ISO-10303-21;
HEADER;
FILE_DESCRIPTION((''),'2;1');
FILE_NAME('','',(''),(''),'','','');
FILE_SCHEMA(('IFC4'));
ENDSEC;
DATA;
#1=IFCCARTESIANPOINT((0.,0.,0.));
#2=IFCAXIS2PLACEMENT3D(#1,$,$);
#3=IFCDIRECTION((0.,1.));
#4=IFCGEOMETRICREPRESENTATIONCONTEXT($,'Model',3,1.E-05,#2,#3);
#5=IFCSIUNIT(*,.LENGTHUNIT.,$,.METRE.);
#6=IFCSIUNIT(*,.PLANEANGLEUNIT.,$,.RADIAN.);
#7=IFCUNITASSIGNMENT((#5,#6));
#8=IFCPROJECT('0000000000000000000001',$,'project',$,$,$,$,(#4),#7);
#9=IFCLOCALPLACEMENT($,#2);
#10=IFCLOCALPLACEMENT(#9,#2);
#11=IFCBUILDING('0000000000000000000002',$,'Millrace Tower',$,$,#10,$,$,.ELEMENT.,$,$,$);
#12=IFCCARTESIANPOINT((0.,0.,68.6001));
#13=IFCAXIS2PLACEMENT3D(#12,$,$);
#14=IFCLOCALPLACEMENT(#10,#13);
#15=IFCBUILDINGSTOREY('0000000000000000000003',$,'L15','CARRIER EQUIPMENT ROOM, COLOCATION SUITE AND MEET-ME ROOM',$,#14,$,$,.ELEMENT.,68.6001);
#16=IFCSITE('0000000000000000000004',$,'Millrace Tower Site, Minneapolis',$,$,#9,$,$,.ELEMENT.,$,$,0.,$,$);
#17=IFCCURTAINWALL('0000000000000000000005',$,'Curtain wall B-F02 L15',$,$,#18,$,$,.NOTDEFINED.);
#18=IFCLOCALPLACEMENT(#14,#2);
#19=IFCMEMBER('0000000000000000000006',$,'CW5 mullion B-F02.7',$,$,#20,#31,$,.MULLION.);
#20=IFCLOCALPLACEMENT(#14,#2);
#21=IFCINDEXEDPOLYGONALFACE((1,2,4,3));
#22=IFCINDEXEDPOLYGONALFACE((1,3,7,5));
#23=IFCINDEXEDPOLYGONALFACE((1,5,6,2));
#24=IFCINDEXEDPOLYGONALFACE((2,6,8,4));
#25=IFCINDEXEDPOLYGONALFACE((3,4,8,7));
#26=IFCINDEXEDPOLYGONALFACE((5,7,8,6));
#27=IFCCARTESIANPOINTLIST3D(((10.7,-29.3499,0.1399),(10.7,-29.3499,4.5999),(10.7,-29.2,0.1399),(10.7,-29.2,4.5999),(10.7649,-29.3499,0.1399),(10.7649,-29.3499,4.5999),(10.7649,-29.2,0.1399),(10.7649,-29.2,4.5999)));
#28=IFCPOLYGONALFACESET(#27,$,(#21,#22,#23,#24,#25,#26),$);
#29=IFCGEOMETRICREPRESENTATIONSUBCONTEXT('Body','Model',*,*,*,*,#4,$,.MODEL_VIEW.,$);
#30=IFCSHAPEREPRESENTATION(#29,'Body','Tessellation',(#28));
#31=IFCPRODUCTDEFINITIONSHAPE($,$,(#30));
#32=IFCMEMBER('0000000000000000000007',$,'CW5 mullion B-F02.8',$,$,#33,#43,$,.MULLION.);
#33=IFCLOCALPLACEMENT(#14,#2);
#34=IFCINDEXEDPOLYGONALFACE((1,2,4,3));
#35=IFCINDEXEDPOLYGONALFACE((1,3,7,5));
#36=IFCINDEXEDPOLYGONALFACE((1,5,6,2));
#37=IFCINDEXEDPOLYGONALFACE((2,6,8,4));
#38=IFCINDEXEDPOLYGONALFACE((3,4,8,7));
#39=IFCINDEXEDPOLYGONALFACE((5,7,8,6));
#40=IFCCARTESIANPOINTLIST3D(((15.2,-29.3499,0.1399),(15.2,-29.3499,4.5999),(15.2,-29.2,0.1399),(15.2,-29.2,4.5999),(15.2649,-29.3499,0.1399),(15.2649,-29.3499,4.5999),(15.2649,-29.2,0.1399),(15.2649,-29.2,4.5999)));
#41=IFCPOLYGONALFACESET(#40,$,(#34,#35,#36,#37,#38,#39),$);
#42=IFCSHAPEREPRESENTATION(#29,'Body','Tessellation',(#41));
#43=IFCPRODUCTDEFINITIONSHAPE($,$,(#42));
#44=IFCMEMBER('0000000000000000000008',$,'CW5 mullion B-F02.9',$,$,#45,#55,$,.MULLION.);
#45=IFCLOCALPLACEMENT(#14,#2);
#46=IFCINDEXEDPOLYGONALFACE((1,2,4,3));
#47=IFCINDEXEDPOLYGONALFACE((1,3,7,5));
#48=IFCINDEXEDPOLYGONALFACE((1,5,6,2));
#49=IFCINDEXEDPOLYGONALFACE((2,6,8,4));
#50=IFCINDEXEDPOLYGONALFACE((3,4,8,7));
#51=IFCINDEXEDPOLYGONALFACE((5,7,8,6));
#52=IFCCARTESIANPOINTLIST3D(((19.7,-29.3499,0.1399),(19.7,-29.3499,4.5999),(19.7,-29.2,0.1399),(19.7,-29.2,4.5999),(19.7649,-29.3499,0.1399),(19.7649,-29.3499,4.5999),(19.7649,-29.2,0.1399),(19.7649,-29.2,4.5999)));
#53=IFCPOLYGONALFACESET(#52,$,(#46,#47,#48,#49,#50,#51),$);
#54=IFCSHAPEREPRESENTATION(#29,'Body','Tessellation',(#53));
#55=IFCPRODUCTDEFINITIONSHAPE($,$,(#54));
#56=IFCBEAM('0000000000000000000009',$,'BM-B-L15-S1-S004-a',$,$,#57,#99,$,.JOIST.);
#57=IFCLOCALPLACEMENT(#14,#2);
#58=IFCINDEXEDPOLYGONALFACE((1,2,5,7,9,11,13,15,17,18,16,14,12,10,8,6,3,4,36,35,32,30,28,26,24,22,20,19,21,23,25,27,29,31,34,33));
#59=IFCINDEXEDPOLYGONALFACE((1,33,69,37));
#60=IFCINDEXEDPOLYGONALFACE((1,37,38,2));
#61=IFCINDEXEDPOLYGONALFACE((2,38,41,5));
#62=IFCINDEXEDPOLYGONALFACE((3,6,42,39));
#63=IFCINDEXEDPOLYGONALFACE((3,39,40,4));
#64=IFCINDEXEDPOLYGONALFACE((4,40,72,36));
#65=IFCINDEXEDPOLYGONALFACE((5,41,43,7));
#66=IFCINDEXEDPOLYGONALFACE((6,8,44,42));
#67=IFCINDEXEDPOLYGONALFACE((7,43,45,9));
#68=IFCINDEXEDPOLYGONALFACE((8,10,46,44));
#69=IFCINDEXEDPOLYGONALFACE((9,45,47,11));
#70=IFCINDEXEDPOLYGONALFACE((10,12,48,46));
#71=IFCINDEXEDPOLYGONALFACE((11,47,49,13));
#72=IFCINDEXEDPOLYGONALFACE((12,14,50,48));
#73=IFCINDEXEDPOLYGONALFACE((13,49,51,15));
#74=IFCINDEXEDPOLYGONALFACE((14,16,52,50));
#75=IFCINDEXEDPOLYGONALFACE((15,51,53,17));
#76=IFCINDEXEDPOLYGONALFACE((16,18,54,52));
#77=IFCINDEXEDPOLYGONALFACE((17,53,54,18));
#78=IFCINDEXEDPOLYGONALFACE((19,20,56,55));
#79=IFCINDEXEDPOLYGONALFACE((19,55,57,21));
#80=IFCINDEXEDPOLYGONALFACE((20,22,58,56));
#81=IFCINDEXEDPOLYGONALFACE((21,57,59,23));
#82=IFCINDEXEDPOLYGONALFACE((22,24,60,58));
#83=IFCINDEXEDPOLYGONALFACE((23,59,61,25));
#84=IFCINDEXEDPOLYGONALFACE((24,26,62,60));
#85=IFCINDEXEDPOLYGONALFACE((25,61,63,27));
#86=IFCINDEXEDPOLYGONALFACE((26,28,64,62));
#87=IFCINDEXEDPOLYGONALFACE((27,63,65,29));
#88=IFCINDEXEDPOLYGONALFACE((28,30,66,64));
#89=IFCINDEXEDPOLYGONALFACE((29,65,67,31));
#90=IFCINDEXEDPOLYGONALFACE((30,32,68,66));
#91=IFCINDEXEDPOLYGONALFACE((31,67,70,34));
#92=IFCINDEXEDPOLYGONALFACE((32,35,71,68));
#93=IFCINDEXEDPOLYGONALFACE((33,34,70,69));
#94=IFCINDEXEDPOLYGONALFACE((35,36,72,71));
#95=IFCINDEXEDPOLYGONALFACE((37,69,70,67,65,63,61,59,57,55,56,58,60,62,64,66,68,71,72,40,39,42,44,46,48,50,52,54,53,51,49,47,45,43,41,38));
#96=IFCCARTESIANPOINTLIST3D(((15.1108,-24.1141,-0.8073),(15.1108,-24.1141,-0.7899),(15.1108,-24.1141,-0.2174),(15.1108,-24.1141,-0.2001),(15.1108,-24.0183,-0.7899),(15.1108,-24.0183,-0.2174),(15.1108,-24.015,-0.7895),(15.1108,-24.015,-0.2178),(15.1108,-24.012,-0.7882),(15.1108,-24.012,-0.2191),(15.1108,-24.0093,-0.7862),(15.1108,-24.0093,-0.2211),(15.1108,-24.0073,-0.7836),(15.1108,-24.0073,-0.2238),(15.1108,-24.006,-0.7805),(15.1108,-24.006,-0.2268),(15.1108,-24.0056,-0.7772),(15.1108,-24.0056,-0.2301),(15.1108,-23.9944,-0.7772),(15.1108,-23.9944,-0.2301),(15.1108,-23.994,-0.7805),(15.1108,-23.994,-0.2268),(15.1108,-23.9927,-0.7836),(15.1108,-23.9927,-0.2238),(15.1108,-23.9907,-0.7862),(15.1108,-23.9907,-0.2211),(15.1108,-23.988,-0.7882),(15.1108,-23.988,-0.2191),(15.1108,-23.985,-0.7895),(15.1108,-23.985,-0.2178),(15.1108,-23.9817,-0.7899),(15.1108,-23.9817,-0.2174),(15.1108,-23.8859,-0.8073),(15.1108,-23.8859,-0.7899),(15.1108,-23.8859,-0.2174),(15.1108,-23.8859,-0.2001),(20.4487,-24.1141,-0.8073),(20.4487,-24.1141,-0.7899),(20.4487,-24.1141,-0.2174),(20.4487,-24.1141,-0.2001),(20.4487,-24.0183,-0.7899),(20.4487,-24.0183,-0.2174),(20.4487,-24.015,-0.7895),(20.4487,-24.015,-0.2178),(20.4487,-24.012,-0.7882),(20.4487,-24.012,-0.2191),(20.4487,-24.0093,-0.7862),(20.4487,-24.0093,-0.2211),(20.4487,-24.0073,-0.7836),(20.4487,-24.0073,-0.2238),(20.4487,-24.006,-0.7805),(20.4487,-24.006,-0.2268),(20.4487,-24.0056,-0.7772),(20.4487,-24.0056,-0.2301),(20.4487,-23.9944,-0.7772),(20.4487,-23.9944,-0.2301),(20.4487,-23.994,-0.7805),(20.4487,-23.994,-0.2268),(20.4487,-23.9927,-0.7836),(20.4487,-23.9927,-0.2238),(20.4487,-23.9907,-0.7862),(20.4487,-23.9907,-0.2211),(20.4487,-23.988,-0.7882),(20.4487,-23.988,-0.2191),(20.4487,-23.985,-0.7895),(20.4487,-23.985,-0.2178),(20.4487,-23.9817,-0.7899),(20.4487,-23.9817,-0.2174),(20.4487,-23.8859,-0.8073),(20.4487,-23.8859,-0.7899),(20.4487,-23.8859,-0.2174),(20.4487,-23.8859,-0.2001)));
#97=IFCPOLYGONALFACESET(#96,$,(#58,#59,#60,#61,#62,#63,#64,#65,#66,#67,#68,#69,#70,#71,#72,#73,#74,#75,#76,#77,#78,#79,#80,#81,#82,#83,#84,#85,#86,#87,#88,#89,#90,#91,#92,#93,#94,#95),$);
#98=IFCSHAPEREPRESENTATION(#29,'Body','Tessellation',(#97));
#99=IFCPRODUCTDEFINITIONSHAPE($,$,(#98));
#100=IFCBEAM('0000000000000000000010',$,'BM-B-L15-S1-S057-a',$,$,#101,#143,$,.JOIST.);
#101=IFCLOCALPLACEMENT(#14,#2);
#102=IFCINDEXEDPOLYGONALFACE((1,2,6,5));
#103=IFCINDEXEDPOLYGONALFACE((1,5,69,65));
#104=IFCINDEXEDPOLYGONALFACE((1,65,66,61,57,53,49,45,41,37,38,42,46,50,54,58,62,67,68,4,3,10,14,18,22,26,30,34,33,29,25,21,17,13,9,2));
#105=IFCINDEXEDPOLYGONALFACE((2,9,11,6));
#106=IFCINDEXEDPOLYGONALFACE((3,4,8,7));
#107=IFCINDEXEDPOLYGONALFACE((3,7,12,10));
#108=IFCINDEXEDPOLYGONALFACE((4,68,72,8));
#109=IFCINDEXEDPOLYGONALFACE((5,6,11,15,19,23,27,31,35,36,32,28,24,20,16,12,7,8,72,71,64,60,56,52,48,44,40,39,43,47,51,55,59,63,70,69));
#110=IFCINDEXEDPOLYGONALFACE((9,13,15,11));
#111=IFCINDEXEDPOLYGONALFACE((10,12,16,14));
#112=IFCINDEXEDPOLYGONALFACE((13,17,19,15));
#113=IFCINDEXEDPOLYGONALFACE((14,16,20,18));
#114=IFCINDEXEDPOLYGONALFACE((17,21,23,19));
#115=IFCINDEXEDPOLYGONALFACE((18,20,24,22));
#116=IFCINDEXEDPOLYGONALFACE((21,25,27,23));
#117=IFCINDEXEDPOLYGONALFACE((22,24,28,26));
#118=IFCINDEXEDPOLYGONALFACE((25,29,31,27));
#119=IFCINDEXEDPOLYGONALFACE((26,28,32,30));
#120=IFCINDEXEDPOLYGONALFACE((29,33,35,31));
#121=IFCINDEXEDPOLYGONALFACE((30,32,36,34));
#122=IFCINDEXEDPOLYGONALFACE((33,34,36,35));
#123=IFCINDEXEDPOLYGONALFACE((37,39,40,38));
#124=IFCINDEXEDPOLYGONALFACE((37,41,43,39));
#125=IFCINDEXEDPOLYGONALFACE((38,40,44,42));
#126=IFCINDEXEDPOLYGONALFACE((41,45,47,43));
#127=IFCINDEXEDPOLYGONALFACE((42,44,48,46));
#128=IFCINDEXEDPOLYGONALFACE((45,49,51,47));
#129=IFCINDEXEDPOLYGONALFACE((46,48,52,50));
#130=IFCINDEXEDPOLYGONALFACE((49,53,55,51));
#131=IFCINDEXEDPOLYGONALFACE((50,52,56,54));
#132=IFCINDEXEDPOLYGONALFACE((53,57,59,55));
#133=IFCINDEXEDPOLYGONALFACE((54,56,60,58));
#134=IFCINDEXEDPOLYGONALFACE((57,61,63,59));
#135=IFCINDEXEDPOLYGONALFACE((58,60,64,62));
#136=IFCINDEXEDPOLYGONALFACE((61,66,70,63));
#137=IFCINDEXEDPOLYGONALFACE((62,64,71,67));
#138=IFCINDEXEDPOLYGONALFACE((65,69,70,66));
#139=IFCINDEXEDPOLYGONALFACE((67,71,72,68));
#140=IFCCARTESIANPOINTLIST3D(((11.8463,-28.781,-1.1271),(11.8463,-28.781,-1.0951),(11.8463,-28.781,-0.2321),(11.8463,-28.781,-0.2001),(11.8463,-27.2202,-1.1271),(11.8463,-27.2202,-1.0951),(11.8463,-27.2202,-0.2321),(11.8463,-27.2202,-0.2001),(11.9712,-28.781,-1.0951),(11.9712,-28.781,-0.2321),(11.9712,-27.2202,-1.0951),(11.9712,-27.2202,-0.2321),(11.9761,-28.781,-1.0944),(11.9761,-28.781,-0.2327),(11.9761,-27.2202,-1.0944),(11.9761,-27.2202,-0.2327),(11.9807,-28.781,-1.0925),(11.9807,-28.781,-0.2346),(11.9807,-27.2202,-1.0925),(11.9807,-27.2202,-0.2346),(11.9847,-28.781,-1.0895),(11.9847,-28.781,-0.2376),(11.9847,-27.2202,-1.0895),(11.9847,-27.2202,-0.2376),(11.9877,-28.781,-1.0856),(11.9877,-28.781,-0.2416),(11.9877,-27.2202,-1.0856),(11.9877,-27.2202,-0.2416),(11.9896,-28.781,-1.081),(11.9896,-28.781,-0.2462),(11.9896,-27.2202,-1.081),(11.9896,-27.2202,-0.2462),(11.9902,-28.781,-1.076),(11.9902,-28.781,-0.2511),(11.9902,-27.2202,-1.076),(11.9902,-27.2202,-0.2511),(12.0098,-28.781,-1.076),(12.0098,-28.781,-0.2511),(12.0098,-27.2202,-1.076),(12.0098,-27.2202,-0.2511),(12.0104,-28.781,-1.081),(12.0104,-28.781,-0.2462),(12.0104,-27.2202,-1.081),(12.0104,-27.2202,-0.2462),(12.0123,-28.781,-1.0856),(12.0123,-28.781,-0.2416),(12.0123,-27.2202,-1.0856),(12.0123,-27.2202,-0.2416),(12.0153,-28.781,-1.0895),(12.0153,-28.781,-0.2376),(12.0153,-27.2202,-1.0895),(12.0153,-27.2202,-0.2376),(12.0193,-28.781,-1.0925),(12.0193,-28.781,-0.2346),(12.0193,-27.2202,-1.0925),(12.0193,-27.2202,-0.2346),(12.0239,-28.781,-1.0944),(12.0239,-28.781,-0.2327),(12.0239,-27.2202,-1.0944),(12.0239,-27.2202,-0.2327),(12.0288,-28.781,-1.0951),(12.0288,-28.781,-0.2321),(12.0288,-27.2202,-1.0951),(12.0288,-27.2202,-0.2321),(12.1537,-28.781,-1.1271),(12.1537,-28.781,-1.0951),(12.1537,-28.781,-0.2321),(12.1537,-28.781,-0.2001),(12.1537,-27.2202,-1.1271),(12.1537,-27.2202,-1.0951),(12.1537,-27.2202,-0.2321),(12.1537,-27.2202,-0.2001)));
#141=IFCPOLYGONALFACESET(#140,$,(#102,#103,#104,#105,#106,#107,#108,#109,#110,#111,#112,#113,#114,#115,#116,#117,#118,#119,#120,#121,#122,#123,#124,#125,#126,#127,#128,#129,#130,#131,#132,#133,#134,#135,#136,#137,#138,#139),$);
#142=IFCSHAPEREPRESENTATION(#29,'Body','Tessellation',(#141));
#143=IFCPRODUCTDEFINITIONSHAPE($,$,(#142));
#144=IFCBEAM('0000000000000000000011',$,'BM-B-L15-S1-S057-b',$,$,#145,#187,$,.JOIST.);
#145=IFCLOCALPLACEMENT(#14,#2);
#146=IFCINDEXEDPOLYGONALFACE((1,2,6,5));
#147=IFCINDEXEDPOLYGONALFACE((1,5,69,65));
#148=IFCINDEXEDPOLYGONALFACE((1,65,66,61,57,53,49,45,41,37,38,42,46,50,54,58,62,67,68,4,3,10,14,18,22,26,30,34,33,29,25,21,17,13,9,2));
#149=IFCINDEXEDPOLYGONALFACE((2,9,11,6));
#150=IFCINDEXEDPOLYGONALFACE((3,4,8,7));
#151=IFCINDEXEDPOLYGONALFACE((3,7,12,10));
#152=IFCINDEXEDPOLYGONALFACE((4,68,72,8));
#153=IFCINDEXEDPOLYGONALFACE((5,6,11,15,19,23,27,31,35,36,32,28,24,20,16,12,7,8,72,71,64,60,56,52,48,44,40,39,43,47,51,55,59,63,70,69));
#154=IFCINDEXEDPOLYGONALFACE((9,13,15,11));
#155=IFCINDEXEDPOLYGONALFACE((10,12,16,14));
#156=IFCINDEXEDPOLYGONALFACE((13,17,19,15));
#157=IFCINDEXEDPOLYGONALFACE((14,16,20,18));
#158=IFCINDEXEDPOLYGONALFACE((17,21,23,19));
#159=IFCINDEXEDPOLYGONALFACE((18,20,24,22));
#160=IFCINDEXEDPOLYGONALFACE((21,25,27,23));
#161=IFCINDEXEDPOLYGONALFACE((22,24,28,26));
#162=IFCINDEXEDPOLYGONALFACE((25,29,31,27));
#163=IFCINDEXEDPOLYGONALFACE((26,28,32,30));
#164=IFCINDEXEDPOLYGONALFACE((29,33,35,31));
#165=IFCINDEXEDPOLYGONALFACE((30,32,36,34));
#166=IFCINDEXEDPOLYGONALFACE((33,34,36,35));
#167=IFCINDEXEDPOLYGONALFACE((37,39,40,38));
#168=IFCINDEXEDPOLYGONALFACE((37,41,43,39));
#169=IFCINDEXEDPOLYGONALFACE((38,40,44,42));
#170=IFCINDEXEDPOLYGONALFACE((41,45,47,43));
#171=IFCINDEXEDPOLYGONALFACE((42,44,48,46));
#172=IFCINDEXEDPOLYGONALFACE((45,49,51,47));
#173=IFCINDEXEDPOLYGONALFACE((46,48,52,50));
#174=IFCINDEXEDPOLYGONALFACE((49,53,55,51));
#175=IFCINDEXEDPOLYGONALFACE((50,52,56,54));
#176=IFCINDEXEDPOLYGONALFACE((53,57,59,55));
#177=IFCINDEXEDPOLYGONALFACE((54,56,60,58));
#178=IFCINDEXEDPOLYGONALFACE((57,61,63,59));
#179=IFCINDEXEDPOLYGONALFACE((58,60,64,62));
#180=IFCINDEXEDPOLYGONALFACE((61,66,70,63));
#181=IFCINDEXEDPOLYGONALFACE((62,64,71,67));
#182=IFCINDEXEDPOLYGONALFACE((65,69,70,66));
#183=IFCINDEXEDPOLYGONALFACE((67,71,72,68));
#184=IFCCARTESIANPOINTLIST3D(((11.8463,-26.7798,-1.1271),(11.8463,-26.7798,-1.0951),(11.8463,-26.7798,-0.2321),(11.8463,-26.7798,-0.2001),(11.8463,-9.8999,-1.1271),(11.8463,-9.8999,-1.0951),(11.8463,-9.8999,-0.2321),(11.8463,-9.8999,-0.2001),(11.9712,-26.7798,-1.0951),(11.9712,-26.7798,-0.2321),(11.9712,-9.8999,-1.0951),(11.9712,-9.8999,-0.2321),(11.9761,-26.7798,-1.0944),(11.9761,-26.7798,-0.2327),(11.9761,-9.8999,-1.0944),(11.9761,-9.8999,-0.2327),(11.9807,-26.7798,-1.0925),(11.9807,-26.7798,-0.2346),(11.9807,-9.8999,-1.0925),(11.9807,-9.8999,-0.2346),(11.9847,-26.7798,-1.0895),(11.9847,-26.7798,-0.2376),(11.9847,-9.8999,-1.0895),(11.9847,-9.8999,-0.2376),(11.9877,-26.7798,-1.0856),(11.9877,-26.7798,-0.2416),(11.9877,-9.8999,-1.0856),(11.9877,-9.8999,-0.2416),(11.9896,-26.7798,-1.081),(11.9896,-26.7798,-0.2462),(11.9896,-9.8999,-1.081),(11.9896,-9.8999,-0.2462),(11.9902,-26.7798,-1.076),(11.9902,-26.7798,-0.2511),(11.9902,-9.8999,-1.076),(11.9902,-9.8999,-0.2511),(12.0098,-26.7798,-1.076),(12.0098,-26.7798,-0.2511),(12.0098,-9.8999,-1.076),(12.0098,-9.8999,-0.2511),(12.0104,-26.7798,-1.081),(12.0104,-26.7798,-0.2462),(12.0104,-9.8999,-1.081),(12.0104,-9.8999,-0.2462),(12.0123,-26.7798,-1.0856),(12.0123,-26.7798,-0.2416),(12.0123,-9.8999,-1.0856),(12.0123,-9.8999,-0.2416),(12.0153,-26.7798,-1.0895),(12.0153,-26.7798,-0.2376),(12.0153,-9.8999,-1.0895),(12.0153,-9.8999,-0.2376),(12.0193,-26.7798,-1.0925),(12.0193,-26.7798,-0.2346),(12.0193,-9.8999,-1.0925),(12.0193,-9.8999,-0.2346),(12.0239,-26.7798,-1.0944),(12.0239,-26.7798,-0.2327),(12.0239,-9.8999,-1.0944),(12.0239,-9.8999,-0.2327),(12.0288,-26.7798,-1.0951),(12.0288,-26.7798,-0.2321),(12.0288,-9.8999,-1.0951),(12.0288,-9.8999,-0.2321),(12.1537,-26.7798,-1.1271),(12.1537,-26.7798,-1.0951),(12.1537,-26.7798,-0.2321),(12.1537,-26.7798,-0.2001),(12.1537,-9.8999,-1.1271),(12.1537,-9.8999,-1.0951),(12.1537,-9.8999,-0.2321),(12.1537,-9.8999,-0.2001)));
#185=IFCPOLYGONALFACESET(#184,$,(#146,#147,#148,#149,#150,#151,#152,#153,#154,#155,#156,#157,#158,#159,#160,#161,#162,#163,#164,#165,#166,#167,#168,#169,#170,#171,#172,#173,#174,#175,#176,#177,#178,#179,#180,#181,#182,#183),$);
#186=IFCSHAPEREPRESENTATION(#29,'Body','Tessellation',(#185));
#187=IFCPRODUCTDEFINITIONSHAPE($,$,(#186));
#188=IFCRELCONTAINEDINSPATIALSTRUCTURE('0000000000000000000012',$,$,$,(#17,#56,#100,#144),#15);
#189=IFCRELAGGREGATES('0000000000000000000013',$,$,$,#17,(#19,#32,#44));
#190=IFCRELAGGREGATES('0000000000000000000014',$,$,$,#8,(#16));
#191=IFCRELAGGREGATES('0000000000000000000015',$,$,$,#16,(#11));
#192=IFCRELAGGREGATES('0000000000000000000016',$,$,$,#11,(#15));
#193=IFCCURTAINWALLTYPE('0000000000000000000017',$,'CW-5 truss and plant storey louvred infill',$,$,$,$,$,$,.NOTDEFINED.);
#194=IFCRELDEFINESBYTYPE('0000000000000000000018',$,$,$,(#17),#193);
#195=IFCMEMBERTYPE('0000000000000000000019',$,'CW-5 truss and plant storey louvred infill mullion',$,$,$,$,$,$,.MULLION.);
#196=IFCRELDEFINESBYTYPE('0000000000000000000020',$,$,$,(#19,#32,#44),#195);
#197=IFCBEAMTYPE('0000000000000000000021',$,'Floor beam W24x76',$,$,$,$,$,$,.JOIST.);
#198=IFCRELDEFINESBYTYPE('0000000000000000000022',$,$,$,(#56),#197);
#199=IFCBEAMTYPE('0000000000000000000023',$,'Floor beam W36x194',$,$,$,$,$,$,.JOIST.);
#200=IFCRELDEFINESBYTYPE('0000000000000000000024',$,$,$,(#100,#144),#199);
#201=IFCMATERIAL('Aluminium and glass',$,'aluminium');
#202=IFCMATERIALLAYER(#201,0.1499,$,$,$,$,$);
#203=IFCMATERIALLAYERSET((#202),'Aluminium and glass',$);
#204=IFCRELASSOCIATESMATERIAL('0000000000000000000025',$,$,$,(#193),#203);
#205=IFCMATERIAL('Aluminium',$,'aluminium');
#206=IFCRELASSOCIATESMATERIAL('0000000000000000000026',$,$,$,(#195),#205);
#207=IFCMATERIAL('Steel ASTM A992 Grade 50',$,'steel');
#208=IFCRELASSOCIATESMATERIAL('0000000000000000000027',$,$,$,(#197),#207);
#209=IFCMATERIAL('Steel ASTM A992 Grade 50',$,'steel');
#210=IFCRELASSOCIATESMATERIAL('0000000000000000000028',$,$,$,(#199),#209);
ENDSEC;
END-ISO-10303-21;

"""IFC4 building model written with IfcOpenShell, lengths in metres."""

from ifc_helpers import new_model, si_unit, direction, frame, origin, origin_2d, place, context, subcontext, project, spatial, rectangle, i_section, extrude, material, layer, layer_set, material_profile, profile_set, type_object, element, aggregate, save


model = new_model("IFC4")

# Units and contexts
model_context = context("Model", 3, precision=1e-05, world=origin(), true_north=direction((0.0, 1.0)))
body_context = subcontext(model_context, "Body", "Model", "MODEL_VIEW")
ifc_project = project(units=[si_unit("LENGTHUNIT", "METRE"), si_unit("PLANEANGLEUNIT", "RADIAN")], contexts=[model_context])

# Site, building, storey
site_placement = place(None, origin())
site = spatial("IfcSite", under=ifc_project, at=site_placement, Name="Millrace Tower Site, Minneapolis", CompositionType="ELEMENT", RefElevation=0.0)
building_placement = place(site_placement, origin())
building = spatial("IfcBuilding", under=site, at=building_placement, Name="Millrace Tower", CompositionType="ELEMENT")
storey_placement = place(building_placement, frame((0.0, 0.0, 68.6001)))
storey = spatial("IfcBuildingStorey", under=building, at=storey_placement, Name="L15", Description="CARRIER EQUIPMENT ROOM, COLOCATION SUITE AND MEET-ME ROOM", CompositionType="ELEMENT", Elevation=68.6001)

# Curtain wall, members
ifc_material_1 = material(Name="Aluminium and glass", Category="aluminium")
ifc_layer_1 = layer(ifc_material_1, 0.1499)
ifc_layer_set_1 = layer_set([ifc_layer_1], Name="Aluminium and glass")
curtain_wall_type = type_object("IfcCurtainWallType", Name="CW-5 truss and plant storey louvred infill", PredefinedType="NOTDEFINED", material=ifc_layer_set_1)
curtain_wall_placement = place(storey_placement, origin())
curtain_wall = element("IfcCurtainWall", 1, at=curtain_wall_placement, inside=storey, type_object=curtain_wall_type, Name="Curtain wall B-F02 L15", PredefinedType="NOTDEFINED")
ifc_material_2 = material(Name="Aluminium", Category="aluminium")
ifc_material_profile_1 = material_profile(ifc_material_2, rectangle(XDim=0.0649, YDim=0.1499, at=origin_2d()))
ifc_profile_set_1 = profile_set([ifc_material_profile_1], Name="Aluminium")
member_type_1 = type_object("IfcMemberType", Name="CW-5 truss and plant storey louvred infill mullion", PredefinedType="MULLION", material=ifc_profile_set_1)
member_1_placement = place(storey_placement, frame((10.7324, -29.2749, 0.1399), z_axis=(0.0, 0.0, 1.0), x_axis=(1.0, 0.0, 0.0)))
member_1 = element("IfcMember", 2, at=member_1_placement, type_object=member_type_1, Name="CW5 mullion B-F02.7", PredefinedType="MULLION", context=body_context, shape_type="SweptSolid", body=[
    extrude(rectangle(XDim=0.0649, YDim=0.1499, at=origin_2d()), origin(), (0.0, 0.0, 1.0), 4.46),
])
member_2_placement = place(storey_placement, frame((15.2324, -29.2749, 0.1399), z_axis=(0.0, 0.0, 1.0), x_axis=(1.0, 0.0, 0.0)))
member_2 = element("IfcMember", 3, at=member_2_placement, type_object=member_type_1, Name="CW5 mullion B-F02.8", PredefinedType="MULLION", context=body_context, shape_type="SweptSolid", body=[
    extrude(rectangle(XDim=0.0649, YDim=0.1499, at=origin_2d()), origin(), (0.0, 0.0, 1.0), 4.46),
])
member_3_placement = place(storey_placement, frame((19.7324, -29.2749, 0.1399), z_axis=(0.0, 0.0, 1.0), x_axis=(1.0, 0.0, 0.0)))
member_3 = element("IfcMember", 4, at=member_3_placement, type_object=member_type_1, Name="CW5 mullion B-F02.9", PredefinedType="MULLION", context=body_context, shape_type="SweptSolid", body=[
    extrude(rectangle(XDim=0.0649, YDim=0.1499, at=origin_2d()), origin(), (0.0, 0.0, 1.0), 4.46),
])
aggregate(curtain_wall, [member_1, member_2, member_3])

# Beams
ifc_material_3 = material(Name="Steel ASTM A992 Grade 50", Category="steel")
ifc_material_profile_2 = material_profile(ifc_material_3, i_section(OverallWidth=0.2283, OverallDepth=0.6072, WebThickness=0.0112, FlangeThickness=0.0173, FilletRadius=0.0127, at=origin_2d()))
ifc_profile_set_2 = profile_set([ifc_material_profile_2], Name="Steel ASTM A992 Grade 50")
beam_type_1 = type_object("IfcBeamType", Name="Floor beam W24x76", PredefinedType="JOIST", material=ifc_profile_set_2)
beam_1_placement = place(storey_placement, frame((15.1108, -24.0, -0.5037), z_axis=(1.0, 0.0, 0.0), x_axis=(0.0, 1.0, 0.0)))
element("IfcBeam", 5, at=beam_1_placement, inside=storey, type_object=beam_type_1, Name="BM-B-L15-S1-S004-a", PredefinedType="JOIST", context=body_context, shape_type="SweptSolid", body=[
    extrude(i_section(OverallWidth=0.2283, OverallDepth=0.6072, WebThickness=0.0112, FlangeThickness=0.0173, FilletRadius=0.0127, at=origin_2d()), origin(), (0.0, 0.0, 1.0), 5.3379),
])
ifc_material_4 = material(Name="Steel ASTM A992 Grade 50", Category="steel")
ifc_material_profile_3 = material_profile(ifc_material_4, i_section(OverallWidth=0.3074, OverallDepth=0.927, WebThickness=0.0195, FlangeThickness=0.032, FilletRadius=0.019, at=origin_2d()))
ifc_profile_set_3 = profile_set([ifc_material_profile_3], Name="Steel ASTM A992 Grade 50")
beam_type_2 = type_object("IfcBeamType", Name="Floor beam W36x194", PredefinedType="JOIST", material=ifc_profile_set_3)
beam_2_placement = place(storey_placement, frame((12.0, -28.781, -0.6636), z_axis=(0.0, 1.0, 0.0), x_axis=(-1.0, 0.0, 0.0)))
element("IfcBeam", 6, at=beam_2_placement, inside=storey, type_object=beam_type_2, Name="BM-B-L15-S1-S057-a", PredefinedType="JOIST", context=body_context, shape_type="SweptSolid", body=[
    extrude(i_section(OverallWidth=0.3074, OverallDepth=0.927, WebThickness=0.0195, FlangeThickness=0.032, FilletRadius=0.019, at=origin_2d()), origin(), (0.0, 0.0, 1.0), 1.5608),
])
beam_3_placement = place(storey_placement, frame((12.0, -26.7798, -0.6636), z_axis=(0.0, 1.0, 0.0), x_axis=(-1.0, 0.0, 0.0)))
element("IfcBeam", 7, at=beam_3_placement, inside=storey, type_object=beam_type_2, Name="BM-B-L15-S1-S057-b", PredefinedType="JOIST", context=body_context, shape_type="SweptSolid", body=[
    extrude(i_section(OverallWidth=0.3074, OverallDepth=0.927, WebThickness=0.0195, FlangeThickness=0.032, FilletRadius=0.019, at=origin_2d()), origin(), (0.0, 0.0, 1.0), 16.8799),
])

save(model, "model.ifc")
